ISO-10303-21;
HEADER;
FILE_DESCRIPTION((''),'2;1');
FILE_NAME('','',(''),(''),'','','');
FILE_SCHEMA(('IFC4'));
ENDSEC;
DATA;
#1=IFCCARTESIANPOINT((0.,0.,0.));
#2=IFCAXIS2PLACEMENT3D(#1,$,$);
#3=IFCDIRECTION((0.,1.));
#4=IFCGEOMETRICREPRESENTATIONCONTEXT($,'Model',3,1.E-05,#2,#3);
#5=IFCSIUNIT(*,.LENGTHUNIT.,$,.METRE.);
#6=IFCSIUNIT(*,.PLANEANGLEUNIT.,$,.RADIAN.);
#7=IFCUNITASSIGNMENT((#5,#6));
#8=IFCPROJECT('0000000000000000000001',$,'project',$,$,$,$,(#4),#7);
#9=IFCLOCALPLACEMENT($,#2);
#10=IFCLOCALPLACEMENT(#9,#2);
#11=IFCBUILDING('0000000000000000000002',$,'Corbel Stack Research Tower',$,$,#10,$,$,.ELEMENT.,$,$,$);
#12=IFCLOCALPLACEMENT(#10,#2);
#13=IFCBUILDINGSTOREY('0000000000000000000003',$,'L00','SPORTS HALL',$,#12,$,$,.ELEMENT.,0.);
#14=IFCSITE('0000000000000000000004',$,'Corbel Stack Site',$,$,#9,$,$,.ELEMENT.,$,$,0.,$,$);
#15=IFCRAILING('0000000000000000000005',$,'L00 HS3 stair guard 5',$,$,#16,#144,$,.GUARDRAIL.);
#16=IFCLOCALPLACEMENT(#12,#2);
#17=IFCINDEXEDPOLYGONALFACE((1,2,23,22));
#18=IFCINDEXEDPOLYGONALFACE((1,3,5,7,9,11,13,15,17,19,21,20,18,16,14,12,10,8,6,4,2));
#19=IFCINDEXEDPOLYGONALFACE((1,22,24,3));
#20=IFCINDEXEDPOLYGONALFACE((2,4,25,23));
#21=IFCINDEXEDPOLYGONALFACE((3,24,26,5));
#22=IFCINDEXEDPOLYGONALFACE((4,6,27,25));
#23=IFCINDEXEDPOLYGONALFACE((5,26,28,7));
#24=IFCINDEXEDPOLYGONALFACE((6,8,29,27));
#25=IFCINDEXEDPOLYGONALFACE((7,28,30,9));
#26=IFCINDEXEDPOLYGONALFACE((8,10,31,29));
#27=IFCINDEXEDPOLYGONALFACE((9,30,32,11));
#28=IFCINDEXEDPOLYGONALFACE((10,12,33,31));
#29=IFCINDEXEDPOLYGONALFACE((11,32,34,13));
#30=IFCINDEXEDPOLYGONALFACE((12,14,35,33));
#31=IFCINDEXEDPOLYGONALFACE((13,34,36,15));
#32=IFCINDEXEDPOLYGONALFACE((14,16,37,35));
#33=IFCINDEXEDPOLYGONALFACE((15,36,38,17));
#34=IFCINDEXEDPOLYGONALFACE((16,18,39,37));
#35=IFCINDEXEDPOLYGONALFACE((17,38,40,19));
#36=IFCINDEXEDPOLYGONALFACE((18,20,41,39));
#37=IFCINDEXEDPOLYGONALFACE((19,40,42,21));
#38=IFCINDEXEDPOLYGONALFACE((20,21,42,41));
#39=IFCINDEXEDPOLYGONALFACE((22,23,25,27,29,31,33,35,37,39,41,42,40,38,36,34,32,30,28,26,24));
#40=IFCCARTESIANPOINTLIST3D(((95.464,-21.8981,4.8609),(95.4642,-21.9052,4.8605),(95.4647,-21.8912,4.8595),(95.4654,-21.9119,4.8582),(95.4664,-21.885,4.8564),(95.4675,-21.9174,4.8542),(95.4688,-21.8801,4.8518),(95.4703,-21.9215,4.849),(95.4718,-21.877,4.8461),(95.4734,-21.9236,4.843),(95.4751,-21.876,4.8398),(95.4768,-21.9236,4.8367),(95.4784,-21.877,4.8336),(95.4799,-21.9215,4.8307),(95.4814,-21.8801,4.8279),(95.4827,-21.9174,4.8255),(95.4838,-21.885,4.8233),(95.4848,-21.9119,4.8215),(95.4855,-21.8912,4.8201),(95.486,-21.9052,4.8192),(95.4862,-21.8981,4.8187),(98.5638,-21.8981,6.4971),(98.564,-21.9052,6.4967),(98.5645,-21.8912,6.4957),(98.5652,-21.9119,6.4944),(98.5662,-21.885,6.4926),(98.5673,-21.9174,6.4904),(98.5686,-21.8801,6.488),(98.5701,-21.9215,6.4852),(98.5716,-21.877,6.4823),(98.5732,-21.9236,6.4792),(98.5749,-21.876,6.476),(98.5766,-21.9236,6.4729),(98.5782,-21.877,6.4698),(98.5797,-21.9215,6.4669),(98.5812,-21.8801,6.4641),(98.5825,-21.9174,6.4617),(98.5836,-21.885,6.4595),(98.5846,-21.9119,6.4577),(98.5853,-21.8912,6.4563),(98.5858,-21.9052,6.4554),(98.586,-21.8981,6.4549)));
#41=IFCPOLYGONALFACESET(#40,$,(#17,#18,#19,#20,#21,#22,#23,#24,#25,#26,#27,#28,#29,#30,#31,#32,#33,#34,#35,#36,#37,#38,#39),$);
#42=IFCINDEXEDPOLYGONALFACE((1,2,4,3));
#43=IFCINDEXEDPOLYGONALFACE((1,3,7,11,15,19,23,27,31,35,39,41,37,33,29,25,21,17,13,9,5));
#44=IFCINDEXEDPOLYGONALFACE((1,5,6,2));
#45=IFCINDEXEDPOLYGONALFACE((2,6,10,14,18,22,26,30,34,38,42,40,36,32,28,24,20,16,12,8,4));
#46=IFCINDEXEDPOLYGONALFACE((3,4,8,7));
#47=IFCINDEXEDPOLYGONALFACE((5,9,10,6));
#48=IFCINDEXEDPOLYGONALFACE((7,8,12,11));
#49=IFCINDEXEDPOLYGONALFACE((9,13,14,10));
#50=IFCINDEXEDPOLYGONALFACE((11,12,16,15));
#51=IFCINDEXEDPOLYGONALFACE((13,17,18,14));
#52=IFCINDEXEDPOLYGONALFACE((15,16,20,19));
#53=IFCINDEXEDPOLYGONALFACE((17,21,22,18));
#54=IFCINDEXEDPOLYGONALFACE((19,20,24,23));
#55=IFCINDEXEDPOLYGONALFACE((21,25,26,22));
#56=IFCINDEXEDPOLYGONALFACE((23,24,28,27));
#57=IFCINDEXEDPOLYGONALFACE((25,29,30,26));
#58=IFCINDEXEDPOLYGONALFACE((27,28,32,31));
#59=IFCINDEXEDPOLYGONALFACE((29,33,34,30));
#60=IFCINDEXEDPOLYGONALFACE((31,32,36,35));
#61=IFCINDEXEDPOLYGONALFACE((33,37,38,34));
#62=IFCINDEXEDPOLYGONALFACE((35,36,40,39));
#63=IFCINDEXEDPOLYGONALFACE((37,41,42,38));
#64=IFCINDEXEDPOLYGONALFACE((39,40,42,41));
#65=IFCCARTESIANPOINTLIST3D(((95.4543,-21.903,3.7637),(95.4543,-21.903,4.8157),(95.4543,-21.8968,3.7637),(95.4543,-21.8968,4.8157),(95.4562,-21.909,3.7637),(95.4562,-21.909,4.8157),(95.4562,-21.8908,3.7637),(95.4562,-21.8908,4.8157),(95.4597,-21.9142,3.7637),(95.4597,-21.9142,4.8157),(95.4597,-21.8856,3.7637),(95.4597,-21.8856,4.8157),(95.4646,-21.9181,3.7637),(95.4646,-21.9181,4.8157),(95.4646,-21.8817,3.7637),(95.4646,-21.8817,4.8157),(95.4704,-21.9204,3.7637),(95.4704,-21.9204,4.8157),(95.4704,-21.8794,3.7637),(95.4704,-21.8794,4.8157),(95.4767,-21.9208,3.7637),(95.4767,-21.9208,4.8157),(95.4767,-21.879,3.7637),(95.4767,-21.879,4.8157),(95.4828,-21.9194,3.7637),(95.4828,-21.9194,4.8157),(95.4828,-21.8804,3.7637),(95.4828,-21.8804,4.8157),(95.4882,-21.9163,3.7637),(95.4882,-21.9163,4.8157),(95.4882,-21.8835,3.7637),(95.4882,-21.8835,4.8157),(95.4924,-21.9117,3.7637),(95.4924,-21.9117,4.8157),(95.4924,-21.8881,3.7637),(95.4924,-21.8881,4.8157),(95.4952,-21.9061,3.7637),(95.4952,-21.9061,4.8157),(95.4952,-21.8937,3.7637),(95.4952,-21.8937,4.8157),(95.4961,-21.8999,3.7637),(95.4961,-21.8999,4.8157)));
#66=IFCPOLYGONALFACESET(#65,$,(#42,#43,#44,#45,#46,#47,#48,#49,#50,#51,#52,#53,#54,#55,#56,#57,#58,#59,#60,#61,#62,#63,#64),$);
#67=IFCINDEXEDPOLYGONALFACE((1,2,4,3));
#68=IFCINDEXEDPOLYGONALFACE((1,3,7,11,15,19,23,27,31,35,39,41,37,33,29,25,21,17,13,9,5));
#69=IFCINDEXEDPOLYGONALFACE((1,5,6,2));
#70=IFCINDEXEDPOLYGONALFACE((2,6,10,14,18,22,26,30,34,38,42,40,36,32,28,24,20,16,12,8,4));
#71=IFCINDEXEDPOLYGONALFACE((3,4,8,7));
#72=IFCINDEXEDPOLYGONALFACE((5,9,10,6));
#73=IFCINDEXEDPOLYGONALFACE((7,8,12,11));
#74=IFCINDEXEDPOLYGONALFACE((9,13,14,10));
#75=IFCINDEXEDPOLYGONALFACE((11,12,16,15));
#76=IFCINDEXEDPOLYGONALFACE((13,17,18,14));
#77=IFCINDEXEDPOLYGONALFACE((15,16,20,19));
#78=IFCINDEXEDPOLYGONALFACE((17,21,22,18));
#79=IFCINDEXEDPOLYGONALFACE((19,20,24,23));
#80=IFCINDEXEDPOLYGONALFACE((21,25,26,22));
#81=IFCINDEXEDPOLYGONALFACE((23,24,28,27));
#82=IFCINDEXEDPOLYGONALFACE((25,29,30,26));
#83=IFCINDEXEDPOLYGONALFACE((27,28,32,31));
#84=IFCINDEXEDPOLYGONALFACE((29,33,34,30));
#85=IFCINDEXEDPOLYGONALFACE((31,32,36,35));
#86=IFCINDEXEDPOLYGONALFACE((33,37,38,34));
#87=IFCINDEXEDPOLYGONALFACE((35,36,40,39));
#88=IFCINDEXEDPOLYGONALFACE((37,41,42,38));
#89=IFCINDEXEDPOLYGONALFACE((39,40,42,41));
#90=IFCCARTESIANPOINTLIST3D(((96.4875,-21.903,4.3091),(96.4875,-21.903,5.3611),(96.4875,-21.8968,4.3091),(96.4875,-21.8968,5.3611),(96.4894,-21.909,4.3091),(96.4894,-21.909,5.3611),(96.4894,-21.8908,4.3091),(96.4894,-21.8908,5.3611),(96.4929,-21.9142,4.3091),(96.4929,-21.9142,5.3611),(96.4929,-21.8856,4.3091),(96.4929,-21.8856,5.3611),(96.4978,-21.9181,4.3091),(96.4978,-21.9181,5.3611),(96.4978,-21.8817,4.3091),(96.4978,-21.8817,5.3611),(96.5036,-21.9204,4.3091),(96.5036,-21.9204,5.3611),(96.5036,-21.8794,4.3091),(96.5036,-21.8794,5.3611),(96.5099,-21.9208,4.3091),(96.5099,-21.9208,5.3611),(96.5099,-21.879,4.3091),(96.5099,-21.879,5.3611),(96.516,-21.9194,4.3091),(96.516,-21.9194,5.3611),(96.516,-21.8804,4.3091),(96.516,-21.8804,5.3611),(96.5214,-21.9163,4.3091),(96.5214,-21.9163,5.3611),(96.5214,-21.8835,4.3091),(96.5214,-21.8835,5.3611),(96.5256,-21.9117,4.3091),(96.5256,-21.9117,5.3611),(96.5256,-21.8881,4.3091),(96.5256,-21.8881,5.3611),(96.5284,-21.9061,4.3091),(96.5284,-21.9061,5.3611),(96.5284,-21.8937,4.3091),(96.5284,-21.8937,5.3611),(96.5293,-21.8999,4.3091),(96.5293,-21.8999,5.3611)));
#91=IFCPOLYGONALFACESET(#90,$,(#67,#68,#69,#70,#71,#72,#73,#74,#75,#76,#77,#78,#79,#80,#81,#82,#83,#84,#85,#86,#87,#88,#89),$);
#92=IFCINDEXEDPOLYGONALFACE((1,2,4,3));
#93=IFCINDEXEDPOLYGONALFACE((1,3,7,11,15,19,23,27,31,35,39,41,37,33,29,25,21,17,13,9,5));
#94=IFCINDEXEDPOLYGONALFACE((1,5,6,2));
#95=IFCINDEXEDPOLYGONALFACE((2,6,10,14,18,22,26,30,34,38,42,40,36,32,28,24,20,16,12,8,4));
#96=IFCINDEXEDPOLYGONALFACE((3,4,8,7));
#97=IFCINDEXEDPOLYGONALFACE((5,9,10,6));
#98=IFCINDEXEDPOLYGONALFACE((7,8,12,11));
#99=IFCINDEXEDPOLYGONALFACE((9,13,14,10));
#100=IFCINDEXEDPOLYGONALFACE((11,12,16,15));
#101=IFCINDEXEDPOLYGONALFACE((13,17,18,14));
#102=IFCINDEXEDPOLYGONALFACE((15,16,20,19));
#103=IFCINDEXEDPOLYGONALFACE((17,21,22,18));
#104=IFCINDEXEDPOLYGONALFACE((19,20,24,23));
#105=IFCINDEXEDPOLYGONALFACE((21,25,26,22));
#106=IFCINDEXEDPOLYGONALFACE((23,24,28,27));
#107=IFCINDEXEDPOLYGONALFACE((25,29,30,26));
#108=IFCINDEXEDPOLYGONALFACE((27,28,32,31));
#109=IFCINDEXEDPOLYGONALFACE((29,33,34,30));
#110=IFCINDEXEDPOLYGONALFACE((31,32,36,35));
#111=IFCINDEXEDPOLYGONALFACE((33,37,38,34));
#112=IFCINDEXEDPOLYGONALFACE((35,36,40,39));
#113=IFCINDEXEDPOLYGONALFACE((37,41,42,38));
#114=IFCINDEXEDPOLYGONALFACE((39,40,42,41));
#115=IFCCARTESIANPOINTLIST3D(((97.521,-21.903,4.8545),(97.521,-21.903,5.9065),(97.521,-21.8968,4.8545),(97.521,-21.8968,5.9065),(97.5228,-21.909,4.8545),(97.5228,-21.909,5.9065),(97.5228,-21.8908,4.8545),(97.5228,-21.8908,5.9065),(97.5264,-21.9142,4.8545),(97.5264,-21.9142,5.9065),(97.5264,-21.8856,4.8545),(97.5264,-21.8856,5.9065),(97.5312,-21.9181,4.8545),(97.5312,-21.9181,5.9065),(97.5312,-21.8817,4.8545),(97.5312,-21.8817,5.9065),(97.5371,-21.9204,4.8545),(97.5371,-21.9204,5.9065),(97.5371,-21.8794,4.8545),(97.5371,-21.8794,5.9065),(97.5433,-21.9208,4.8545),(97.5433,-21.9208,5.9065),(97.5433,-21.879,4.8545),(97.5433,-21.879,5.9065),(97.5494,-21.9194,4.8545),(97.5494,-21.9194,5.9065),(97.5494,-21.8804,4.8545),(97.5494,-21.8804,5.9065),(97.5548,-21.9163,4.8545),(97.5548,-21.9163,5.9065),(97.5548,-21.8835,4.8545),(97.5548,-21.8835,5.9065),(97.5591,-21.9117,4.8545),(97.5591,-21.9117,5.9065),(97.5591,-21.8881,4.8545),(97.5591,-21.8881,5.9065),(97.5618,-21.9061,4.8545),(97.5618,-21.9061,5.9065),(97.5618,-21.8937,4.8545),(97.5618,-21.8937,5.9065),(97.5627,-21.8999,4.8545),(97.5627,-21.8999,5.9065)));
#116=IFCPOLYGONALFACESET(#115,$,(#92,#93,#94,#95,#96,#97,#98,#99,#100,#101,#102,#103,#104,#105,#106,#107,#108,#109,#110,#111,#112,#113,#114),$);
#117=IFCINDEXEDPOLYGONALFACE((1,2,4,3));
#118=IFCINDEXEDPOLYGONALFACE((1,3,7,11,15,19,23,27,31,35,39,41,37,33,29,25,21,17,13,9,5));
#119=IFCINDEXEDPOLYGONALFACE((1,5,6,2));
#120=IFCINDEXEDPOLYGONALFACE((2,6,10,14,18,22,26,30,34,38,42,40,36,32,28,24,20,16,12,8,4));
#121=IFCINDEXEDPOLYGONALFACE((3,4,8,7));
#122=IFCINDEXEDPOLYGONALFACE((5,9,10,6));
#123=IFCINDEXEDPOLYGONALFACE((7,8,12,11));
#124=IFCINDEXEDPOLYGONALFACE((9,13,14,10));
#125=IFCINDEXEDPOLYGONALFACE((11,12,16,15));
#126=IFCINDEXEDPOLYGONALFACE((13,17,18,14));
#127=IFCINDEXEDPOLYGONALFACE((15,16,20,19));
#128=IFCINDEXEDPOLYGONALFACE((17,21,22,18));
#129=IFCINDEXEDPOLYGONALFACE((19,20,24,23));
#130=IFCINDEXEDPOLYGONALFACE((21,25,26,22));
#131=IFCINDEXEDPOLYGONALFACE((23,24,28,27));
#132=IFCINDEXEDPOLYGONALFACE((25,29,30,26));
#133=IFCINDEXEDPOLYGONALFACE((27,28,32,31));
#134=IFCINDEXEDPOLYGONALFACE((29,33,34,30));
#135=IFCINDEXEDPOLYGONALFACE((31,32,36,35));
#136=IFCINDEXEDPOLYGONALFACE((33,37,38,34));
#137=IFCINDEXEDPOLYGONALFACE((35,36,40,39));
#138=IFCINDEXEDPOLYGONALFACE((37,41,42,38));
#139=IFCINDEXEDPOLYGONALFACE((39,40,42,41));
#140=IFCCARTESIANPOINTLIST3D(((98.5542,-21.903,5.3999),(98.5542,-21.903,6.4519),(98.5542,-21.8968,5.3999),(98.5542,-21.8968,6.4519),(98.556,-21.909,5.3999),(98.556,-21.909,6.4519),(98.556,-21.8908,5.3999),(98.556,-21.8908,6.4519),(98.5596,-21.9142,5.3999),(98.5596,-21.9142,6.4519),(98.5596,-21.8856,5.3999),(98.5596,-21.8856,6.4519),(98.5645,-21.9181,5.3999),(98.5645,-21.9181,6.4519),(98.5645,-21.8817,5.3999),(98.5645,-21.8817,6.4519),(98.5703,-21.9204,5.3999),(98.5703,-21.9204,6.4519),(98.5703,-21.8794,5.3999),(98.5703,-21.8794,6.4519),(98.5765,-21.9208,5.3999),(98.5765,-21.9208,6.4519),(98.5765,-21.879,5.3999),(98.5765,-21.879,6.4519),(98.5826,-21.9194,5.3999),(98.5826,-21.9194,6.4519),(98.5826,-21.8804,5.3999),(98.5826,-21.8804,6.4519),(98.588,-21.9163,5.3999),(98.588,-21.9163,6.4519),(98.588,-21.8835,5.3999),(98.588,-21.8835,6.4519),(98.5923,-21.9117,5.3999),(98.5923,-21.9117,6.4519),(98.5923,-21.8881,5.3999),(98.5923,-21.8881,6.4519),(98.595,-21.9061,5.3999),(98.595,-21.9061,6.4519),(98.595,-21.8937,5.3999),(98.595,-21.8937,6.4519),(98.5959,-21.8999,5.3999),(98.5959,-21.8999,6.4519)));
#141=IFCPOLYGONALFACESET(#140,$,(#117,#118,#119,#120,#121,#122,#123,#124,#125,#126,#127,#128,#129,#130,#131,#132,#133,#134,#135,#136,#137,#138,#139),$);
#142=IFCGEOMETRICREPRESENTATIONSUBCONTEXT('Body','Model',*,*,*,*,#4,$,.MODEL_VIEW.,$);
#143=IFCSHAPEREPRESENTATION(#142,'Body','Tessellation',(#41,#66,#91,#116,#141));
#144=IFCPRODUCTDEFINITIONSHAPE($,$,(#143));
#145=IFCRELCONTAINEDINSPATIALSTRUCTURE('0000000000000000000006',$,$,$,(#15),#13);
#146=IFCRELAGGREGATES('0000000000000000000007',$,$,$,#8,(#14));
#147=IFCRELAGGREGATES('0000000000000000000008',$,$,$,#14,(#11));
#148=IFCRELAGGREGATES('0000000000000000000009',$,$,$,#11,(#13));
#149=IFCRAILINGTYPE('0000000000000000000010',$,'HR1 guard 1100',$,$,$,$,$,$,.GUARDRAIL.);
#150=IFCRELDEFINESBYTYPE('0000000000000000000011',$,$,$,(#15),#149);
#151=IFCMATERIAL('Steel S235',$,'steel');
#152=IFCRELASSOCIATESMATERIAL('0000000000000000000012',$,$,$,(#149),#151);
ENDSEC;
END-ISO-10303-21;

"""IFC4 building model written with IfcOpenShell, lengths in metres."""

from ifc_helpers import new_model, si_unit, direction, frame, origin, origin_2d, place, context, subcontext, project, spatial, circle, extrude, material, type_object, element, save


model = new_model("IFC4")

# Units and contexts
model_context = context("Model", 3, precision=1e-05, world=origin(), true_north=direction((0.0, 1.0)))
body_context = subcontext(model_context, "Body", "Model", "MODEL_VIEW")
ifc_project = project(units=[si_unit("LENGTHUNIT", "METRE"), si_unit("PLANEANGLEUNIT", "RADIAN")], contexts=[model_context])

# Site, building, storey
site_placement = place(None, origin())
site = spatial("IfcSite", under=ifc_project, at=site_placement, Name="Corbel Stack Site", CompositionType="ELEMENT", RefElevation=0.0)
building_placement = place(site_placement, origin())
building = spatial("IfcBuilding", under=site, at=building_placement, Name="Corbel Stack Research Tower", CompositionType="ELEMENT")
storey_placement = place(building_placement, origin())
storey = spatial("IfcBuildingStorey", under=building, at=storey_placement, Name="L00", Description="SPORTS HALL", CompositionType="ELEMENT", Elevation=0.0)

# Railing
ifc_material_1 = material(Name="Steel S235", Category="steel")
railing_type_1 = type_object("IfcRailingType", Name="HR1 guard 1100", PredefinedType="GUARDRAIL", material=ifc_material_1)
railing_1_placement = place(storey_placement, frame((95.4751, -21.8999, 3.7637)))
element("IfcRailing", 1, at=railing_1_placement, inside=storey, type_object=railing_type_1, Name="L00 HS3 stair guard 5", PredefinedType="GUARDRAIL", context=body_context, shape_type="SweptSolid", body=[
    extrude(circle(Radius=0.0239, at=origin_2d()), frame((0.0, 0.0, 1.0762), z_axis=(0.884362, 0.0, 0.466803), x_axis=(0.0, 1.0, 0.0)), (0.0, 0.0, 1.0), 3.5051),
    extrude(circle(Radius=0.021, at=origin_2d()), origin(), (0.0, 0.0, 1.0), 1.052),
    extrude(circle(Radius=0.021, at=origin_2d()), frame((1.0332, 0.0, 0.5454)), (0.0, 0.0, 1.0), 1.052),
    extrude(circle(Radius=0.021, at=origin_2d()), frame((2.0667, 0.0, 1.0908)), (0.0, 0.0, 1.0), 1.052),
    extrude(circle(Radius=0.021, at=origin_2d()), frame((3.0999, 0.0, 1.6362)), (0.0, 0.0, 1.0), 1.052),
])

save(model, "model.ifc")
